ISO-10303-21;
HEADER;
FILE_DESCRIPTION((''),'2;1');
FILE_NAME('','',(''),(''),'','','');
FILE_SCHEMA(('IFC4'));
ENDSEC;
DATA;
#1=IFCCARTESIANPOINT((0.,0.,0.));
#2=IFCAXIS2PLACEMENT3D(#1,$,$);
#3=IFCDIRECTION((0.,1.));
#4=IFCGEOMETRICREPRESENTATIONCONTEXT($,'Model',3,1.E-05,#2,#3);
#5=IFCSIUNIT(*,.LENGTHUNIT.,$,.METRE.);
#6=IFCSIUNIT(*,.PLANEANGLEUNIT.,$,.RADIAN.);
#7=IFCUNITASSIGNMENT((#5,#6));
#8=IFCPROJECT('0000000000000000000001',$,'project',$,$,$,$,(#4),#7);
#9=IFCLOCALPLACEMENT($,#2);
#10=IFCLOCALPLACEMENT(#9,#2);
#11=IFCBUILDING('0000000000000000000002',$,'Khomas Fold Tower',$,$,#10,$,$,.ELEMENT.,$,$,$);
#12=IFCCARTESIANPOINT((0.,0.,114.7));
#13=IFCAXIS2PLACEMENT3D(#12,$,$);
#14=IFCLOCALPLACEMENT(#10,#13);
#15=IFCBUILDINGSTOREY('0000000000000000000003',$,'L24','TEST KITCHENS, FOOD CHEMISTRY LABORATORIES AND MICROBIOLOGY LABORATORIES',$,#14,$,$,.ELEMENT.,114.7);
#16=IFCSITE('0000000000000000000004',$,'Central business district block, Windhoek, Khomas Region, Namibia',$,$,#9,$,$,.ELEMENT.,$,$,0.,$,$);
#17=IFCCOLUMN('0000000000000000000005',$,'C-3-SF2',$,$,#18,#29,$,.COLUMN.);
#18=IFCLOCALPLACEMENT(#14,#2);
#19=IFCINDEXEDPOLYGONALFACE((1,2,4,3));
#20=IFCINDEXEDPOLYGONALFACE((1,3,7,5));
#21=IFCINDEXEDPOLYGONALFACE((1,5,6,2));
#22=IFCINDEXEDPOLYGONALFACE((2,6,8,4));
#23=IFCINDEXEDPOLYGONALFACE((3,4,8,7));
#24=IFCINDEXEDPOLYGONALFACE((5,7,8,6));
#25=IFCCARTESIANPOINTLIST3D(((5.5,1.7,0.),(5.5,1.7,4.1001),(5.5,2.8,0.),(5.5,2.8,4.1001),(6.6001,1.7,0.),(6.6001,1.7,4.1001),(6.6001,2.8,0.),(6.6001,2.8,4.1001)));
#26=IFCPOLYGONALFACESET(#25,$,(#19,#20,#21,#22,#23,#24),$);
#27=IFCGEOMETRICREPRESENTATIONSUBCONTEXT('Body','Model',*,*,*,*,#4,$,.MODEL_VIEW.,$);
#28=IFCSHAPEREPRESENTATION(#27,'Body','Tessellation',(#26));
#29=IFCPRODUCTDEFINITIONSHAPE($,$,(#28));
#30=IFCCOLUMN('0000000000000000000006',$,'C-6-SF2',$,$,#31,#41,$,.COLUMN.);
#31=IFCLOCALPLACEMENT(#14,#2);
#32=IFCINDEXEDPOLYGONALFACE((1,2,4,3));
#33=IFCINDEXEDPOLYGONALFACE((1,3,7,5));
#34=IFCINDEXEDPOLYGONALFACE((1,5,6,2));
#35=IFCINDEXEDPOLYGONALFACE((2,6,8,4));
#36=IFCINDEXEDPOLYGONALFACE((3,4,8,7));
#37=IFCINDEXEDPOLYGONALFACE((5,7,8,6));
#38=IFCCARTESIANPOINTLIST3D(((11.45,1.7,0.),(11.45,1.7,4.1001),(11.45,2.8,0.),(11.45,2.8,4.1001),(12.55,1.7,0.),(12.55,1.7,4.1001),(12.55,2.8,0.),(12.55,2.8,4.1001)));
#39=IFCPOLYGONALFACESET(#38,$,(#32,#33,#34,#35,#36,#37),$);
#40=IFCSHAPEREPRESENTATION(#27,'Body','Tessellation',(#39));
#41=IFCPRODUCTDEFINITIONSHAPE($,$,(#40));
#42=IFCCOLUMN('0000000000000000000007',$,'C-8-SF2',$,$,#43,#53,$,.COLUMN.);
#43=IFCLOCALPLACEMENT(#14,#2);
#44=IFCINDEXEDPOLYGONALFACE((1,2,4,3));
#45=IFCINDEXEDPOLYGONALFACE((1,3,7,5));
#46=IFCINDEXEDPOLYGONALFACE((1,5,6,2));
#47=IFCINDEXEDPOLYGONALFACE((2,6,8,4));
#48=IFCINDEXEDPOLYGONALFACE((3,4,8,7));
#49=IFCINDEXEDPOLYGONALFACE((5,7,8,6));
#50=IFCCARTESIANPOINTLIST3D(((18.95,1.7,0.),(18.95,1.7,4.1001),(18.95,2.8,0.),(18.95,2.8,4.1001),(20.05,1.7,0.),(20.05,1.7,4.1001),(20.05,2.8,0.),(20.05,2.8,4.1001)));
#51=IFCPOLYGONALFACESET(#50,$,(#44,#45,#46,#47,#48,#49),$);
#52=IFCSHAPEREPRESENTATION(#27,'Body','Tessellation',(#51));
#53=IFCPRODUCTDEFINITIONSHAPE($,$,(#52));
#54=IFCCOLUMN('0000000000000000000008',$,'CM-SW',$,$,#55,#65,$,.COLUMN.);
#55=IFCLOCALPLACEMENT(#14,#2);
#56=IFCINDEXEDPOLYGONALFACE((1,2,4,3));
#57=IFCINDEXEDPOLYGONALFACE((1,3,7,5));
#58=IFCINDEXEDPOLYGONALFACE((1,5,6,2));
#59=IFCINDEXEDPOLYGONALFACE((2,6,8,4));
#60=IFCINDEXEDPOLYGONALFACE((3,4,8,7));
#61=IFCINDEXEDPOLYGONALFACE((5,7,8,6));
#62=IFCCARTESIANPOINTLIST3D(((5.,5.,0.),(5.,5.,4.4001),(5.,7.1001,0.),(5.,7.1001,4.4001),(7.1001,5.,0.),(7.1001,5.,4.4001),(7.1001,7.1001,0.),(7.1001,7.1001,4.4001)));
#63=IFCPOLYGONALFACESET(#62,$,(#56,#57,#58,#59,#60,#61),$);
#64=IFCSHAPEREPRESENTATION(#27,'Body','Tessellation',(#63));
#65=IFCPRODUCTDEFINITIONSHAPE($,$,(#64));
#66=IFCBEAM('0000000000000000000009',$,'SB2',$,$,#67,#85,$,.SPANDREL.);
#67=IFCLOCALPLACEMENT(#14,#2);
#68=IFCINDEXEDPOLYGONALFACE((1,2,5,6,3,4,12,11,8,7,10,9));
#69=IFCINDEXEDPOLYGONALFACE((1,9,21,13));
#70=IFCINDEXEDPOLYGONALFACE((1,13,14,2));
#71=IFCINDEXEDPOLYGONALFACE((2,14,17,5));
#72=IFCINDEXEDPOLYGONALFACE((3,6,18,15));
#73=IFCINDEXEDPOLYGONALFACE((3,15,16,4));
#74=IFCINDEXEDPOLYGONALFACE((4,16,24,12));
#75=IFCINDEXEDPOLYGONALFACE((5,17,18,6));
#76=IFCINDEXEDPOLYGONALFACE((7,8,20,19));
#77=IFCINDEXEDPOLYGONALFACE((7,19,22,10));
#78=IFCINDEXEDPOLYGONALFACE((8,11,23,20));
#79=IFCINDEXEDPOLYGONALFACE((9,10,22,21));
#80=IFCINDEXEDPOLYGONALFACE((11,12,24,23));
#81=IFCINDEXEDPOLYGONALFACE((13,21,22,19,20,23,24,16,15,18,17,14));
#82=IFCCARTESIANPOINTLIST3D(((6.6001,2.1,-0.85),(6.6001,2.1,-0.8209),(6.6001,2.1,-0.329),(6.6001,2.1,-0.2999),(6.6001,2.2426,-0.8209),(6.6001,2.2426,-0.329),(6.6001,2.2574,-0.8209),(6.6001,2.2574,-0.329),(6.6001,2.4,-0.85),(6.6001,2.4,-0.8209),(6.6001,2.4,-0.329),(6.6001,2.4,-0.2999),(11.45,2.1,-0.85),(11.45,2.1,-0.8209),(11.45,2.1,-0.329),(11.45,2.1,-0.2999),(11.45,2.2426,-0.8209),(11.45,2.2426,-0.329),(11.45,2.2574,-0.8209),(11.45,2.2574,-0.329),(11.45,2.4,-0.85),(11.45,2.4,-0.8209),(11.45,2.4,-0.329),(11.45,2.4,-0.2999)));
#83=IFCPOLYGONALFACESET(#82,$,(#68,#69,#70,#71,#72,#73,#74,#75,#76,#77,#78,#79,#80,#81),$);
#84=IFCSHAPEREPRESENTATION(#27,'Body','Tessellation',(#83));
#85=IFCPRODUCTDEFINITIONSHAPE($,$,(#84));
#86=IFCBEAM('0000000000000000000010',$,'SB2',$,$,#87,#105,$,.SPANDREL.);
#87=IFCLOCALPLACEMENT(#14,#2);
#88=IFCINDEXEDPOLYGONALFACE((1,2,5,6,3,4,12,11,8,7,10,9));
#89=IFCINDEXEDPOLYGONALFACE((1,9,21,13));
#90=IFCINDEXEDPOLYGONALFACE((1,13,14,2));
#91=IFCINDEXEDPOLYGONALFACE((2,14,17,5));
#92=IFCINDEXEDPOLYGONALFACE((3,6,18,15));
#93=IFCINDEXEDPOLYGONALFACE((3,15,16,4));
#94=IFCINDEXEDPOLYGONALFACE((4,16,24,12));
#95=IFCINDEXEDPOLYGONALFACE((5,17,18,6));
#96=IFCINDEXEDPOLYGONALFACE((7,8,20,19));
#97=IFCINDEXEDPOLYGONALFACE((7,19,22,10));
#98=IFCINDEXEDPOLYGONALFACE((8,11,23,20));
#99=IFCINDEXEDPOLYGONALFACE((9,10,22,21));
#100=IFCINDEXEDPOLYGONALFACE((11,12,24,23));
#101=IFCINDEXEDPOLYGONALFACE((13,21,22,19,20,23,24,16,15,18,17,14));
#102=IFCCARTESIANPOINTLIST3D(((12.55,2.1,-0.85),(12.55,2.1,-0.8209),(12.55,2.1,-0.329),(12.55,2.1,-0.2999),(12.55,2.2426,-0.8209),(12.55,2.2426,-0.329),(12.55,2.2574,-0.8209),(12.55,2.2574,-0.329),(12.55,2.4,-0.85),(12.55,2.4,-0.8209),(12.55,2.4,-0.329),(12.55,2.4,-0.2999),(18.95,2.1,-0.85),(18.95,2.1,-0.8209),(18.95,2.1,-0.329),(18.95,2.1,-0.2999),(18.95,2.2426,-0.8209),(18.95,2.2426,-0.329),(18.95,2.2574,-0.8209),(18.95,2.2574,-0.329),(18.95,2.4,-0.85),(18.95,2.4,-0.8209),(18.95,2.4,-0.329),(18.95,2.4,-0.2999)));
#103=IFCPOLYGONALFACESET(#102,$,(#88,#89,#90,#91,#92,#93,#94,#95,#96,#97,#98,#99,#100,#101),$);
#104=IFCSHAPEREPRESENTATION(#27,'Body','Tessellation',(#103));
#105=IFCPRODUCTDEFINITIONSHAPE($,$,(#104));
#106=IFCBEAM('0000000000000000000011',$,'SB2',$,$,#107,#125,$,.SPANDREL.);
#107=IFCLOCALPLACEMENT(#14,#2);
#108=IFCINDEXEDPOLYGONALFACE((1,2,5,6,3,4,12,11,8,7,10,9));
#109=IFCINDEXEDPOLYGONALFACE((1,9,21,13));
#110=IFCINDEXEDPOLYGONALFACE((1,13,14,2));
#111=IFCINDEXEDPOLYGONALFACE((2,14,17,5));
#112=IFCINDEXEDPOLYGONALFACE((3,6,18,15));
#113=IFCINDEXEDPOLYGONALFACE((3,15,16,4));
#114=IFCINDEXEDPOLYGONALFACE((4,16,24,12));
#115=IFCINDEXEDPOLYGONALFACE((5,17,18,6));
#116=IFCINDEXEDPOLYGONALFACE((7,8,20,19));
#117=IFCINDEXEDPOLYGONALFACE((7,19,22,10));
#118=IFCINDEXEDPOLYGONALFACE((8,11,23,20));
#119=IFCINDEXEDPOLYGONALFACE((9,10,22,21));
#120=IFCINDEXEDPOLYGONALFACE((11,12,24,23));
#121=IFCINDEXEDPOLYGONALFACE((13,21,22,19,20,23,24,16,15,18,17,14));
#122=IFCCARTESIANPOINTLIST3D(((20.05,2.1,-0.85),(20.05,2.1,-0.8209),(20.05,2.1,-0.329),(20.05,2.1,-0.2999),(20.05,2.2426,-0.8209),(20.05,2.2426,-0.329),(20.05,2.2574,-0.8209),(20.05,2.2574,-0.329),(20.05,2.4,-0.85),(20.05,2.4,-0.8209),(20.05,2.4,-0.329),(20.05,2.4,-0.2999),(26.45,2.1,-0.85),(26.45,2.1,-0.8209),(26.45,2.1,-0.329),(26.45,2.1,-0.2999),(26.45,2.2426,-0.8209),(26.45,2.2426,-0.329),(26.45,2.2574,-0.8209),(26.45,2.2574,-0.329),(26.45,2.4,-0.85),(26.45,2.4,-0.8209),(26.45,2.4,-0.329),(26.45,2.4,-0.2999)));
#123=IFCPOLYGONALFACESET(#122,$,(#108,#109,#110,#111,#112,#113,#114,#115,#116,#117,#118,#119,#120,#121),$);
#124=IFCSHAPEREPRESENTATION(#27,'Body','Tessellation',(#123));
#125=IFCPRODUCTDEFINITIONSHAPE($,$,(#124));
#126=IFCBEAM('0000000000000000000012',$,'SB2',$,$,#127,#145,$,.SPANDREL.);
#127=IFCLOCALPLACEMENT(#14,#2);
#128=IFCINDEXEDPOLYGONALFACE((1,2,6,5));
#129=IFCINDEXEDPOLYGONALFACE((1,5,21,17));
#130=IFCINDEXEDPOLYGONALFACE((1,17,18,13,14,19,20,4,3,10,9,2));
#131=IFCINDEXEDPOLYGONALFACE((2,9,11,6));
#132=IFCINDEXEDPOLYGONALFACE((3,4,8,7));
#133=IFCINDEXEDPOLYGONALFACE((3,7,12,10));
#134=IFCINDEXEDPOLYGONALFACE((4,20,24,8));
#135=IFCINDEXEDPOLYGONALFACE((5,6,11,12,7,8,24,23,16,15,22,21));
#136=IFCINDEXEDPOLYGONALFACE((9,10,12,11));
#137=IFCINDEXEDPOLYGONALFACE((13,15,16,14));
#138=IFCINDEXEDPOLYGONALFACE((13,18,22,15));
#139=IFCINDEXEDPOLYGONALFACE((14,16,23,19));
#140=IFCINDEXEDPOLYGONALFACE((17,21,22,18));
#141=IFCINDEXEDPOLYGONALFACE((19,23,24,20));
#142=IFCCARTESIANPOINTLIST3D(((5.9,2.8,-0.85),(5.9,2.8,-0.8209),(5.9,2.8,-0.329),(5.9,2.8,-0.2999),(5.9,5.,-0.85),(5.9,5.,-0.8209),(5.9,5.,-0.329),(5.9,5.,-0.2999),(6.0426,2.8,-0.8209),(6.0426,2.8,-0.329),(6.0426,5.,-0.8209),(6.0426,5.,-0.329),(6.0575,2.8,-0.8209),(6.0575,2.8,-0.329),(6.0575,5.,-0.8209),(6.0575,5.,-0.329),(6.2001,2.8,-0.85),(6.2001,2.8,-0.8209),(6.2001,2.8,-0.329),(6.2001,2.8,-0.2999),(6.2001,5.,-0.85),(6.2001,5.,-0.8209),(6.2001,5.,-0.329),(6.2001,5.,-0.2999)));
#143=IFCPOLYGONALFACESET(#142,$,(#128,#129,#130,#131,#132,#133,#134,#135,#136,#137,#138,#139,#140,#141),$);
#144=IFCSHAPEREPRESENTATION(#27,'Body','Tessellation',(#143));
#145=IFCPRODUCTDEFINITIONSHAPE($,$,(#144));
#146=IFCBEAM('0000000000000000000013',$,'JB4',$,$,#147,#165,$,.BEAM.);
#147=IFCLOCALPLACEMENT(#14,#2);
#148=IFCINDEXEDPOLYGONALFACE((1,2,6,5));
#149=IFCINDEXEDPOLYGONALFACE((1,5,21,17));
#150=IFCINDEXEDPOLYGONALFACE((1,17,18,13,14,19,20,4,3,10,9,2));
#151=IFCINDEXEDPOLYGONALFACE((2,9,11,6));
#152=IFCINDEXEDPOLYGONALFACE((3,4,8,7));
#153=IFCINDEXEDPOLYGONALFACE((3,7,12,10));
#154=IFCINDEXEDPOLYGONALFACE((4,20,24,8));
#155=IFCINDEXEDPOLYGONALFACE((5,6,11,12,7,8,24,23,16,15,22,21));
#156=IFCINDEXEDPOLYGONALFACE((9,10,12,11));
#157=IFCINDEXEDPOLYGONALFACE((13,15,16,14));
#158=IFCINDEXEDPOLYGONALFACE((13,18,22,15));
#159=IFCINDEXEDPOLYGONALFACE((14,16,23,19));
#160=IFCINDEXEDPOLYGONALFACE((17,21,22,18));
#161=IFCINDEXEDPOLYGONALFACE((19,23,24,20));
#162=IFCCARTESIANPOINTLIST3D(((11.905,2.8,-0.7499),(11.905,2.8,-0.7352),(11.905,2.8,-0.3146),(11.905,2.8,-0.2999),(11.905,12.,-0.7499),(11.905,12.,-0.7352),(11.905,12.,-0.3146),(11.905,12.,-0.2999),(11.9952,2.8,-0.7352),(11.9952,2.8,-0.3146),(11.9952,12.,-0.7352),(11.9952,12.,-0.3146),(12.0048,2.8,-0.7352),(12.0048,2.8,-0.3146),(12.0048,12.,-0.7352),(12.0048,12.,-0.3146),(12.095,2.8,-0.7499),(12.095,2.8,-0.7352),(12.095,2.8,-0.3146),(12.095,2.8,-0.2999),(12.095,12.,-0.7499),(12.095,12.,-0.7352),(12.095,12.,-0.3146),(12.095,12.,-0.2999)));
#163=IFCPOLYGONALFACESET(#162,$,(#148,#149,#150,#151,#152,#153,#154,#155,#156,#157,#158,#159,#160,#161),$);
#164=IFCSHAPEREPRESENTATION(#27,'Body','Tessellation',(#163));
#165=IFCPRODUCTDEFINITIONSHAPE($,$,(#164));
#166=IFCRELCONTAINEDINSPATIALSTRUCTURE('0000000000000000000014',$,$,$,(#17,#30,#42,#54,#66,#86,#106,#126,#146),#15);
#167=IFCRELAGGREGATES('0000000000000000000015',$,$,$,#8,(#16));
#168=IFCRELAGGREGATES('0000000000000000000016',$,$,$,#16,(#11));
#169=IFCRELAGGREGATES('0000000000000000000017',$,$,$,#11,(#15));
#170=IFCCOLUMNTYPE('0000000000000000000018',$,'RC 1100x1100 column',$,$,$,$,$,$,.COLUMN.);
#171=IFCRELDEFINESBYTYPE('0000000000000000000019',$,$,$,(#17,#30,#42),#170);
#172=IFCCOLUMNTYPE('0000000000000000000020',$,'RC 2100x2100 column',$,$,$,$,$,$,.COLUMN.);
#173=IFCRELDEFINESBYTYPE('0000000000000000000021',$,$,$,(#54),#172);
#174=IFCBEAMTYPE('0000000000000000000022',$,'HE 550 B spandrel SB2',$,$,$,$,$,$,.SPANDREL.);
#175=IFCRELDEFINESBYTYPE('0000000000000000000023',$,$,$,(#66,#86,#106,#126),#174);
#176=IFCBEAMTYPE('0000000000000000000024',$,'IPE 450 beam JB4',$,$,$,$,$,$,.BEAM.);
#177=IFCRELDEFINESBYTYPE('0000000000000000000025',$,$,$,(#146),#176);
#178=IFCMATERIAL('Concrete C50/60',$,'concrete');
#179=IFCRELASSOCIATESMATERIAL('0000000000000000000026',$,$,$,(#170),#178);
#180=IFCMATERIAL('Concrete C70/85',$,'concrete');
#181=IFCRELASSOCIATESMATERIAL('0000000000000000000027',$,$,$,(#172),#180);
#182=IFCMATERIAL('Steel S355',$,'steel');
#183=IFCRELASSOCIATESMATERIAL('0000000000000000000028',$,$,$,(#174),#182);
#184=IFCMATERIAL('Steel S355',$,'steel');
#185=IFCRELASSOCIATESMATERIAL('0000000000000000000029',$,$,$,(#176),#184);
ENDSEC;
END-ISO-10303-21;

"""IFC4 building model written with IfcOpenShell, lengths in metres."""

from ifc_helpers import new_model, si_unit, direction, frame, origin, origin_2d, place, context, subcontext, project, spatial, rectangle, i_section, extrude, source, transform, mapped, material, material_profile, profile_set, type_object, element, save


model = new_model("IFC4")

# Units and contexts
model_context = context("Model", 3, precision=1e-05, world=origin(), true_north=direction((0.0, 1.0)))
body_context = subcontext(model_context, "Body", "Model", "MODEL_VIEW")
ifc_project = project(units=[si_unit("LENGTHUNIT", "METRE"), si_unit("PLANEANGLEUNIT", "RADIAN")], contexts=[model_context])

# Site, building, storey
site_placement = place(None, origin())
site = spatial("IfcSite", under=ifc_project, at=site_placement, Name="Central business district block, Windhoek, Khomas Region, Namibia", CompositionType="ELEMENT", RefElevation=0.0)
building_placement = place(site_placement, origin())
building = spatial("IfcBuilding", under=site, at=building_placement, Name="Khomas Fold Tower", CompositionType="ELEMENT")
storey_placement = place(building_placement, frame((0.0, 0.0, 114.7)))
storey = spatial("IfcBuildingStorey", under=building, at=storey_placement, Name="L24", Description="TEST KITCHENS, FOOD CHEMISTRY LABORATORIES AND MICROBIOLOGY LABORATORIES", CompositionType="ELEMENT", Elevation=114.7)

# Columns
ifc_material_1 = material(Name="Concrete C50/60", Category="concrete")
ifc_material_profile_1 = material_profile(ifc_material_1, rectangle(XDim=1.1001, YDim=1.1001, at=origin_2d()), Name="RC 1100x1100")
ifc_profile_set_1 = profile_set([ifc_material_profile_1], Name="Concrete C50/60")
column_type_1 = type_object("IfcColumnType", Name="RC 1100x1100 column", PredefinedType="COLUMN", material=ifc_profile_set_1)
shared_shape_1 = source(origin(), body_context, "Body", "SweptSolid", [
    extrude(rectangle(XDim=1.1001, YDim=1.1001, at=origin_2d()), origin(), (0.0, 0.0, 1.0), 4.1001),
])
for number, where, z_axis, x_axis, name in (
    (1, (6.05, 2.25, 0.0), (0.0, 0.0, 1.0), (1.0, 0.0, 0.0), "C-3-SF2"),
    (2, (12.0, 2.25, 0.0), (0.0, 0.0, 1.0), (1.0, 0.0, 0.0), "C-6-SF2"),
    (3, (19.5, 2.25, 0.0), (0.0, 0.0, 1.0), (1.0, 0.0, 0.0), "C-8-SF2"),
):
    element("IfcColumn", number, at=place(storey_placement, frame(where, z_axis=z_axis, x_axis=x_axis)), inside=storey, type_object=column_type_1, Name=name, PredefinedType="COLUMN", context=body_context, shape_type="MappedRepresentation", body=[
        mapped(shared_shape_1, transform((0.0, 0.0, 0.0))),
    ])
ifc_material_2 = material(Name="Concrete C70/85", Category="concrete")
ifc_material_profile_2 = material_profile(ifc_material_2, rectangle(XDim=2.1001, YDim=2.1001, at=origin_2d()), Name="RC 2100x2100")
ifc_profile_set_2 = profile_set([ifc_material_profile_2], Name="Concrete C70/85")
column_type_2 = type_object("IfcColumnType", Name="RC 2100x2100 column", PredefinedType="COLUMN", material=ifc_profile_set_2)
shared_shape_2 = source(origin(), body_context, "Body", "SweptSolid", [
    extrude(rectangle(XDim=2.1001, YDim=2.1001, at=origin_2d()), origin(), (0.0, 0.0, 1.0), 4.4001),
])
column_placement = place(storey_placement, frame((6.05, 6.05, 0.0), z_axis=(0.0, 0.0, 1.0), x_axis=(1.0, 0.0, 0.0)))
element("IfcColumn", 4, at=column_placement, inside=storey, type_object=column_type_2, Name="CM-SW", PredefinedType="COLUMN", context=body_context, shape_type="MappedRepresentation", body=[
    mapped(shared_shape_2, transform((0.0, 0.0, 0.0))),
])

# Beams
ifc_material_3 = material(Name="Steel S355", Category="steel")
ifc_material_profile_3 = material_profile(ifc_material_3, i_section(OverallWidth=0.3, OverallDepth=0.55, WebThickness=0.0149, FlangeThickness=0.0291, at=origin_2d()), Name="HE 550 B")
ifc_profile_set_3 = profile_set([ifc_material_profile_3], Name="Steel S355")
beam_type_1 = type_object("IfcBeamType", Name="HE 550 B spandrel SB2", PredefinedType="SPANDREL", material=ifc_profile_set_3)
shared_shape_3 = source(origin(), body_context, "Body", "SweptSolid", [
    extrude(i_section(OverallWidth=0.3, OverallDepth=0.55, WebThickness=0.0149, FlangeThickness=0.0291, at=origin_2d()), origin(), (0.0, 0.0, 1.0), 4.8499),
])
beam_1_placement = place(storey_placement, frame((6.6001, 2.25, -0.575), z_axis=(1.0, 0.0, 0.0), x_axis=(0.0, 1.0, 0.0)))
element("IfcBeam", 5, at=beam_1_placement, inside=storey, type_object=beam_type_1, Name="SB2", PredefinedType="SPANDREL", context=body_context, shape_type="MappedRepresentation", body=[
    mapped(shared_shape_3, transform((0.0, 0.0, 0.0))),
])
shared_shape_4 = source(origin(), body_context, "Body", "SweptSolid", [
    extrude(i_section(OverallWidth=0.3, OverallDepth=0.55, WebThickness=0.0149, FlangeThickness=0.0291, at=origin_2d()), origin(), (0.0, 0.0, 1.0), 6.3999),
])
for number, where, z_axis, x_axis, name in (
    (6, (12.55, 2.25, -0.575), (1.0, 0.0, 0.0), (0.0, 1.0, 0.0), "SB2"),
    (7, (20.05, 2.25, -0.575), (1.0, 0.0, 0.0), (0.0, 1.0, 0.0), "SB2"),
):
    element("IfcBeam", number, at=place(storey_placement, frame(where, z_axis=z_axis, x_axis=x_axis)), inside=storey, type_object=beam_type_1, Name=name, PredefinedType="SPANDREL", context=body_context, shape_type="MappedRepresentation", body=[
        mapped(shared_shape_4, transform((0.0, 0.0, 0.0))),
    ])
shared_shape_5 = source(origin(), body_context, "Body", "SweptSolid", [
    extrude(i_section(OverallWidth=0.3, OverallDepth=0.55, WebThickness=0.0149, FlangeThickness=0.0291, at=origin_2d()), origin(), (0.0, 0.0, 1.0), 2.2),
])
beam_2_placement = place(storey_placement, frame((6.05, 2.8, -0.575), z_axis=(0.0, 1.0, 0.0), x_axis=(-1.0, 0.0, 0.0)))
element("IfcBeam", 8, at=beam_2_placement, inside=storey, type_object=beam_type_1, Name="SB2", PredefinedType="SPANDREL", context=body_context, shape_type="MappedRepresentation", body=[
    mapped(shared_shape_5, transform((0.0, 0.0, 0.0))),
])
ifc_material_4 = material(Name="Steel S355", Category="steel")
ifc_material_profile_4 = material_profile(ifc_material_4, i_section(OverallWidth=0.1899, OverallDepth=0.45, WebThickness=0.0095, FlangeThickness=0.0146, at=origin_2d()), Name="IPE 450")
ifc_profile_set_4 = profile_set([ifc_material_profile_4], Name="Steel S355")
beam_type_2 = type_object("IfcBeamType", Name="IPE 450 beam JB4", PredefinedType="BEAM", material=ifc_profile_set_4)
shared_shape_6 = source(origin(), body_context, "Body", "SweptSolid", [
    extrude(i_section(OverallWidth=0.1899, OverallDepth=0.45, WebThickness=0.0095, FlangeThickness=0.0146, at=origin_2d()), origin(), (0.0, 0.0, 1.0), 9.2),
])
beam_3_placement = place(storey_placement, frame((12.0, 2.8, -0.5249), z_axis=(0.0, 1.0, 0.0), x_axis=(-1.0, 0.0, 0.0)))
element("IfcBeam", 9, at=beam_3_placement, inside=storey, type_object=beam_type_2, Name="JB4", PredefinedType="BEAM", context=body_context, shape_type="MappedRepresentation", body=[
    mapped(shared_shape_6, transform((0.0, 0.0, 0.0))),
])

save(model, "model.ifc")
